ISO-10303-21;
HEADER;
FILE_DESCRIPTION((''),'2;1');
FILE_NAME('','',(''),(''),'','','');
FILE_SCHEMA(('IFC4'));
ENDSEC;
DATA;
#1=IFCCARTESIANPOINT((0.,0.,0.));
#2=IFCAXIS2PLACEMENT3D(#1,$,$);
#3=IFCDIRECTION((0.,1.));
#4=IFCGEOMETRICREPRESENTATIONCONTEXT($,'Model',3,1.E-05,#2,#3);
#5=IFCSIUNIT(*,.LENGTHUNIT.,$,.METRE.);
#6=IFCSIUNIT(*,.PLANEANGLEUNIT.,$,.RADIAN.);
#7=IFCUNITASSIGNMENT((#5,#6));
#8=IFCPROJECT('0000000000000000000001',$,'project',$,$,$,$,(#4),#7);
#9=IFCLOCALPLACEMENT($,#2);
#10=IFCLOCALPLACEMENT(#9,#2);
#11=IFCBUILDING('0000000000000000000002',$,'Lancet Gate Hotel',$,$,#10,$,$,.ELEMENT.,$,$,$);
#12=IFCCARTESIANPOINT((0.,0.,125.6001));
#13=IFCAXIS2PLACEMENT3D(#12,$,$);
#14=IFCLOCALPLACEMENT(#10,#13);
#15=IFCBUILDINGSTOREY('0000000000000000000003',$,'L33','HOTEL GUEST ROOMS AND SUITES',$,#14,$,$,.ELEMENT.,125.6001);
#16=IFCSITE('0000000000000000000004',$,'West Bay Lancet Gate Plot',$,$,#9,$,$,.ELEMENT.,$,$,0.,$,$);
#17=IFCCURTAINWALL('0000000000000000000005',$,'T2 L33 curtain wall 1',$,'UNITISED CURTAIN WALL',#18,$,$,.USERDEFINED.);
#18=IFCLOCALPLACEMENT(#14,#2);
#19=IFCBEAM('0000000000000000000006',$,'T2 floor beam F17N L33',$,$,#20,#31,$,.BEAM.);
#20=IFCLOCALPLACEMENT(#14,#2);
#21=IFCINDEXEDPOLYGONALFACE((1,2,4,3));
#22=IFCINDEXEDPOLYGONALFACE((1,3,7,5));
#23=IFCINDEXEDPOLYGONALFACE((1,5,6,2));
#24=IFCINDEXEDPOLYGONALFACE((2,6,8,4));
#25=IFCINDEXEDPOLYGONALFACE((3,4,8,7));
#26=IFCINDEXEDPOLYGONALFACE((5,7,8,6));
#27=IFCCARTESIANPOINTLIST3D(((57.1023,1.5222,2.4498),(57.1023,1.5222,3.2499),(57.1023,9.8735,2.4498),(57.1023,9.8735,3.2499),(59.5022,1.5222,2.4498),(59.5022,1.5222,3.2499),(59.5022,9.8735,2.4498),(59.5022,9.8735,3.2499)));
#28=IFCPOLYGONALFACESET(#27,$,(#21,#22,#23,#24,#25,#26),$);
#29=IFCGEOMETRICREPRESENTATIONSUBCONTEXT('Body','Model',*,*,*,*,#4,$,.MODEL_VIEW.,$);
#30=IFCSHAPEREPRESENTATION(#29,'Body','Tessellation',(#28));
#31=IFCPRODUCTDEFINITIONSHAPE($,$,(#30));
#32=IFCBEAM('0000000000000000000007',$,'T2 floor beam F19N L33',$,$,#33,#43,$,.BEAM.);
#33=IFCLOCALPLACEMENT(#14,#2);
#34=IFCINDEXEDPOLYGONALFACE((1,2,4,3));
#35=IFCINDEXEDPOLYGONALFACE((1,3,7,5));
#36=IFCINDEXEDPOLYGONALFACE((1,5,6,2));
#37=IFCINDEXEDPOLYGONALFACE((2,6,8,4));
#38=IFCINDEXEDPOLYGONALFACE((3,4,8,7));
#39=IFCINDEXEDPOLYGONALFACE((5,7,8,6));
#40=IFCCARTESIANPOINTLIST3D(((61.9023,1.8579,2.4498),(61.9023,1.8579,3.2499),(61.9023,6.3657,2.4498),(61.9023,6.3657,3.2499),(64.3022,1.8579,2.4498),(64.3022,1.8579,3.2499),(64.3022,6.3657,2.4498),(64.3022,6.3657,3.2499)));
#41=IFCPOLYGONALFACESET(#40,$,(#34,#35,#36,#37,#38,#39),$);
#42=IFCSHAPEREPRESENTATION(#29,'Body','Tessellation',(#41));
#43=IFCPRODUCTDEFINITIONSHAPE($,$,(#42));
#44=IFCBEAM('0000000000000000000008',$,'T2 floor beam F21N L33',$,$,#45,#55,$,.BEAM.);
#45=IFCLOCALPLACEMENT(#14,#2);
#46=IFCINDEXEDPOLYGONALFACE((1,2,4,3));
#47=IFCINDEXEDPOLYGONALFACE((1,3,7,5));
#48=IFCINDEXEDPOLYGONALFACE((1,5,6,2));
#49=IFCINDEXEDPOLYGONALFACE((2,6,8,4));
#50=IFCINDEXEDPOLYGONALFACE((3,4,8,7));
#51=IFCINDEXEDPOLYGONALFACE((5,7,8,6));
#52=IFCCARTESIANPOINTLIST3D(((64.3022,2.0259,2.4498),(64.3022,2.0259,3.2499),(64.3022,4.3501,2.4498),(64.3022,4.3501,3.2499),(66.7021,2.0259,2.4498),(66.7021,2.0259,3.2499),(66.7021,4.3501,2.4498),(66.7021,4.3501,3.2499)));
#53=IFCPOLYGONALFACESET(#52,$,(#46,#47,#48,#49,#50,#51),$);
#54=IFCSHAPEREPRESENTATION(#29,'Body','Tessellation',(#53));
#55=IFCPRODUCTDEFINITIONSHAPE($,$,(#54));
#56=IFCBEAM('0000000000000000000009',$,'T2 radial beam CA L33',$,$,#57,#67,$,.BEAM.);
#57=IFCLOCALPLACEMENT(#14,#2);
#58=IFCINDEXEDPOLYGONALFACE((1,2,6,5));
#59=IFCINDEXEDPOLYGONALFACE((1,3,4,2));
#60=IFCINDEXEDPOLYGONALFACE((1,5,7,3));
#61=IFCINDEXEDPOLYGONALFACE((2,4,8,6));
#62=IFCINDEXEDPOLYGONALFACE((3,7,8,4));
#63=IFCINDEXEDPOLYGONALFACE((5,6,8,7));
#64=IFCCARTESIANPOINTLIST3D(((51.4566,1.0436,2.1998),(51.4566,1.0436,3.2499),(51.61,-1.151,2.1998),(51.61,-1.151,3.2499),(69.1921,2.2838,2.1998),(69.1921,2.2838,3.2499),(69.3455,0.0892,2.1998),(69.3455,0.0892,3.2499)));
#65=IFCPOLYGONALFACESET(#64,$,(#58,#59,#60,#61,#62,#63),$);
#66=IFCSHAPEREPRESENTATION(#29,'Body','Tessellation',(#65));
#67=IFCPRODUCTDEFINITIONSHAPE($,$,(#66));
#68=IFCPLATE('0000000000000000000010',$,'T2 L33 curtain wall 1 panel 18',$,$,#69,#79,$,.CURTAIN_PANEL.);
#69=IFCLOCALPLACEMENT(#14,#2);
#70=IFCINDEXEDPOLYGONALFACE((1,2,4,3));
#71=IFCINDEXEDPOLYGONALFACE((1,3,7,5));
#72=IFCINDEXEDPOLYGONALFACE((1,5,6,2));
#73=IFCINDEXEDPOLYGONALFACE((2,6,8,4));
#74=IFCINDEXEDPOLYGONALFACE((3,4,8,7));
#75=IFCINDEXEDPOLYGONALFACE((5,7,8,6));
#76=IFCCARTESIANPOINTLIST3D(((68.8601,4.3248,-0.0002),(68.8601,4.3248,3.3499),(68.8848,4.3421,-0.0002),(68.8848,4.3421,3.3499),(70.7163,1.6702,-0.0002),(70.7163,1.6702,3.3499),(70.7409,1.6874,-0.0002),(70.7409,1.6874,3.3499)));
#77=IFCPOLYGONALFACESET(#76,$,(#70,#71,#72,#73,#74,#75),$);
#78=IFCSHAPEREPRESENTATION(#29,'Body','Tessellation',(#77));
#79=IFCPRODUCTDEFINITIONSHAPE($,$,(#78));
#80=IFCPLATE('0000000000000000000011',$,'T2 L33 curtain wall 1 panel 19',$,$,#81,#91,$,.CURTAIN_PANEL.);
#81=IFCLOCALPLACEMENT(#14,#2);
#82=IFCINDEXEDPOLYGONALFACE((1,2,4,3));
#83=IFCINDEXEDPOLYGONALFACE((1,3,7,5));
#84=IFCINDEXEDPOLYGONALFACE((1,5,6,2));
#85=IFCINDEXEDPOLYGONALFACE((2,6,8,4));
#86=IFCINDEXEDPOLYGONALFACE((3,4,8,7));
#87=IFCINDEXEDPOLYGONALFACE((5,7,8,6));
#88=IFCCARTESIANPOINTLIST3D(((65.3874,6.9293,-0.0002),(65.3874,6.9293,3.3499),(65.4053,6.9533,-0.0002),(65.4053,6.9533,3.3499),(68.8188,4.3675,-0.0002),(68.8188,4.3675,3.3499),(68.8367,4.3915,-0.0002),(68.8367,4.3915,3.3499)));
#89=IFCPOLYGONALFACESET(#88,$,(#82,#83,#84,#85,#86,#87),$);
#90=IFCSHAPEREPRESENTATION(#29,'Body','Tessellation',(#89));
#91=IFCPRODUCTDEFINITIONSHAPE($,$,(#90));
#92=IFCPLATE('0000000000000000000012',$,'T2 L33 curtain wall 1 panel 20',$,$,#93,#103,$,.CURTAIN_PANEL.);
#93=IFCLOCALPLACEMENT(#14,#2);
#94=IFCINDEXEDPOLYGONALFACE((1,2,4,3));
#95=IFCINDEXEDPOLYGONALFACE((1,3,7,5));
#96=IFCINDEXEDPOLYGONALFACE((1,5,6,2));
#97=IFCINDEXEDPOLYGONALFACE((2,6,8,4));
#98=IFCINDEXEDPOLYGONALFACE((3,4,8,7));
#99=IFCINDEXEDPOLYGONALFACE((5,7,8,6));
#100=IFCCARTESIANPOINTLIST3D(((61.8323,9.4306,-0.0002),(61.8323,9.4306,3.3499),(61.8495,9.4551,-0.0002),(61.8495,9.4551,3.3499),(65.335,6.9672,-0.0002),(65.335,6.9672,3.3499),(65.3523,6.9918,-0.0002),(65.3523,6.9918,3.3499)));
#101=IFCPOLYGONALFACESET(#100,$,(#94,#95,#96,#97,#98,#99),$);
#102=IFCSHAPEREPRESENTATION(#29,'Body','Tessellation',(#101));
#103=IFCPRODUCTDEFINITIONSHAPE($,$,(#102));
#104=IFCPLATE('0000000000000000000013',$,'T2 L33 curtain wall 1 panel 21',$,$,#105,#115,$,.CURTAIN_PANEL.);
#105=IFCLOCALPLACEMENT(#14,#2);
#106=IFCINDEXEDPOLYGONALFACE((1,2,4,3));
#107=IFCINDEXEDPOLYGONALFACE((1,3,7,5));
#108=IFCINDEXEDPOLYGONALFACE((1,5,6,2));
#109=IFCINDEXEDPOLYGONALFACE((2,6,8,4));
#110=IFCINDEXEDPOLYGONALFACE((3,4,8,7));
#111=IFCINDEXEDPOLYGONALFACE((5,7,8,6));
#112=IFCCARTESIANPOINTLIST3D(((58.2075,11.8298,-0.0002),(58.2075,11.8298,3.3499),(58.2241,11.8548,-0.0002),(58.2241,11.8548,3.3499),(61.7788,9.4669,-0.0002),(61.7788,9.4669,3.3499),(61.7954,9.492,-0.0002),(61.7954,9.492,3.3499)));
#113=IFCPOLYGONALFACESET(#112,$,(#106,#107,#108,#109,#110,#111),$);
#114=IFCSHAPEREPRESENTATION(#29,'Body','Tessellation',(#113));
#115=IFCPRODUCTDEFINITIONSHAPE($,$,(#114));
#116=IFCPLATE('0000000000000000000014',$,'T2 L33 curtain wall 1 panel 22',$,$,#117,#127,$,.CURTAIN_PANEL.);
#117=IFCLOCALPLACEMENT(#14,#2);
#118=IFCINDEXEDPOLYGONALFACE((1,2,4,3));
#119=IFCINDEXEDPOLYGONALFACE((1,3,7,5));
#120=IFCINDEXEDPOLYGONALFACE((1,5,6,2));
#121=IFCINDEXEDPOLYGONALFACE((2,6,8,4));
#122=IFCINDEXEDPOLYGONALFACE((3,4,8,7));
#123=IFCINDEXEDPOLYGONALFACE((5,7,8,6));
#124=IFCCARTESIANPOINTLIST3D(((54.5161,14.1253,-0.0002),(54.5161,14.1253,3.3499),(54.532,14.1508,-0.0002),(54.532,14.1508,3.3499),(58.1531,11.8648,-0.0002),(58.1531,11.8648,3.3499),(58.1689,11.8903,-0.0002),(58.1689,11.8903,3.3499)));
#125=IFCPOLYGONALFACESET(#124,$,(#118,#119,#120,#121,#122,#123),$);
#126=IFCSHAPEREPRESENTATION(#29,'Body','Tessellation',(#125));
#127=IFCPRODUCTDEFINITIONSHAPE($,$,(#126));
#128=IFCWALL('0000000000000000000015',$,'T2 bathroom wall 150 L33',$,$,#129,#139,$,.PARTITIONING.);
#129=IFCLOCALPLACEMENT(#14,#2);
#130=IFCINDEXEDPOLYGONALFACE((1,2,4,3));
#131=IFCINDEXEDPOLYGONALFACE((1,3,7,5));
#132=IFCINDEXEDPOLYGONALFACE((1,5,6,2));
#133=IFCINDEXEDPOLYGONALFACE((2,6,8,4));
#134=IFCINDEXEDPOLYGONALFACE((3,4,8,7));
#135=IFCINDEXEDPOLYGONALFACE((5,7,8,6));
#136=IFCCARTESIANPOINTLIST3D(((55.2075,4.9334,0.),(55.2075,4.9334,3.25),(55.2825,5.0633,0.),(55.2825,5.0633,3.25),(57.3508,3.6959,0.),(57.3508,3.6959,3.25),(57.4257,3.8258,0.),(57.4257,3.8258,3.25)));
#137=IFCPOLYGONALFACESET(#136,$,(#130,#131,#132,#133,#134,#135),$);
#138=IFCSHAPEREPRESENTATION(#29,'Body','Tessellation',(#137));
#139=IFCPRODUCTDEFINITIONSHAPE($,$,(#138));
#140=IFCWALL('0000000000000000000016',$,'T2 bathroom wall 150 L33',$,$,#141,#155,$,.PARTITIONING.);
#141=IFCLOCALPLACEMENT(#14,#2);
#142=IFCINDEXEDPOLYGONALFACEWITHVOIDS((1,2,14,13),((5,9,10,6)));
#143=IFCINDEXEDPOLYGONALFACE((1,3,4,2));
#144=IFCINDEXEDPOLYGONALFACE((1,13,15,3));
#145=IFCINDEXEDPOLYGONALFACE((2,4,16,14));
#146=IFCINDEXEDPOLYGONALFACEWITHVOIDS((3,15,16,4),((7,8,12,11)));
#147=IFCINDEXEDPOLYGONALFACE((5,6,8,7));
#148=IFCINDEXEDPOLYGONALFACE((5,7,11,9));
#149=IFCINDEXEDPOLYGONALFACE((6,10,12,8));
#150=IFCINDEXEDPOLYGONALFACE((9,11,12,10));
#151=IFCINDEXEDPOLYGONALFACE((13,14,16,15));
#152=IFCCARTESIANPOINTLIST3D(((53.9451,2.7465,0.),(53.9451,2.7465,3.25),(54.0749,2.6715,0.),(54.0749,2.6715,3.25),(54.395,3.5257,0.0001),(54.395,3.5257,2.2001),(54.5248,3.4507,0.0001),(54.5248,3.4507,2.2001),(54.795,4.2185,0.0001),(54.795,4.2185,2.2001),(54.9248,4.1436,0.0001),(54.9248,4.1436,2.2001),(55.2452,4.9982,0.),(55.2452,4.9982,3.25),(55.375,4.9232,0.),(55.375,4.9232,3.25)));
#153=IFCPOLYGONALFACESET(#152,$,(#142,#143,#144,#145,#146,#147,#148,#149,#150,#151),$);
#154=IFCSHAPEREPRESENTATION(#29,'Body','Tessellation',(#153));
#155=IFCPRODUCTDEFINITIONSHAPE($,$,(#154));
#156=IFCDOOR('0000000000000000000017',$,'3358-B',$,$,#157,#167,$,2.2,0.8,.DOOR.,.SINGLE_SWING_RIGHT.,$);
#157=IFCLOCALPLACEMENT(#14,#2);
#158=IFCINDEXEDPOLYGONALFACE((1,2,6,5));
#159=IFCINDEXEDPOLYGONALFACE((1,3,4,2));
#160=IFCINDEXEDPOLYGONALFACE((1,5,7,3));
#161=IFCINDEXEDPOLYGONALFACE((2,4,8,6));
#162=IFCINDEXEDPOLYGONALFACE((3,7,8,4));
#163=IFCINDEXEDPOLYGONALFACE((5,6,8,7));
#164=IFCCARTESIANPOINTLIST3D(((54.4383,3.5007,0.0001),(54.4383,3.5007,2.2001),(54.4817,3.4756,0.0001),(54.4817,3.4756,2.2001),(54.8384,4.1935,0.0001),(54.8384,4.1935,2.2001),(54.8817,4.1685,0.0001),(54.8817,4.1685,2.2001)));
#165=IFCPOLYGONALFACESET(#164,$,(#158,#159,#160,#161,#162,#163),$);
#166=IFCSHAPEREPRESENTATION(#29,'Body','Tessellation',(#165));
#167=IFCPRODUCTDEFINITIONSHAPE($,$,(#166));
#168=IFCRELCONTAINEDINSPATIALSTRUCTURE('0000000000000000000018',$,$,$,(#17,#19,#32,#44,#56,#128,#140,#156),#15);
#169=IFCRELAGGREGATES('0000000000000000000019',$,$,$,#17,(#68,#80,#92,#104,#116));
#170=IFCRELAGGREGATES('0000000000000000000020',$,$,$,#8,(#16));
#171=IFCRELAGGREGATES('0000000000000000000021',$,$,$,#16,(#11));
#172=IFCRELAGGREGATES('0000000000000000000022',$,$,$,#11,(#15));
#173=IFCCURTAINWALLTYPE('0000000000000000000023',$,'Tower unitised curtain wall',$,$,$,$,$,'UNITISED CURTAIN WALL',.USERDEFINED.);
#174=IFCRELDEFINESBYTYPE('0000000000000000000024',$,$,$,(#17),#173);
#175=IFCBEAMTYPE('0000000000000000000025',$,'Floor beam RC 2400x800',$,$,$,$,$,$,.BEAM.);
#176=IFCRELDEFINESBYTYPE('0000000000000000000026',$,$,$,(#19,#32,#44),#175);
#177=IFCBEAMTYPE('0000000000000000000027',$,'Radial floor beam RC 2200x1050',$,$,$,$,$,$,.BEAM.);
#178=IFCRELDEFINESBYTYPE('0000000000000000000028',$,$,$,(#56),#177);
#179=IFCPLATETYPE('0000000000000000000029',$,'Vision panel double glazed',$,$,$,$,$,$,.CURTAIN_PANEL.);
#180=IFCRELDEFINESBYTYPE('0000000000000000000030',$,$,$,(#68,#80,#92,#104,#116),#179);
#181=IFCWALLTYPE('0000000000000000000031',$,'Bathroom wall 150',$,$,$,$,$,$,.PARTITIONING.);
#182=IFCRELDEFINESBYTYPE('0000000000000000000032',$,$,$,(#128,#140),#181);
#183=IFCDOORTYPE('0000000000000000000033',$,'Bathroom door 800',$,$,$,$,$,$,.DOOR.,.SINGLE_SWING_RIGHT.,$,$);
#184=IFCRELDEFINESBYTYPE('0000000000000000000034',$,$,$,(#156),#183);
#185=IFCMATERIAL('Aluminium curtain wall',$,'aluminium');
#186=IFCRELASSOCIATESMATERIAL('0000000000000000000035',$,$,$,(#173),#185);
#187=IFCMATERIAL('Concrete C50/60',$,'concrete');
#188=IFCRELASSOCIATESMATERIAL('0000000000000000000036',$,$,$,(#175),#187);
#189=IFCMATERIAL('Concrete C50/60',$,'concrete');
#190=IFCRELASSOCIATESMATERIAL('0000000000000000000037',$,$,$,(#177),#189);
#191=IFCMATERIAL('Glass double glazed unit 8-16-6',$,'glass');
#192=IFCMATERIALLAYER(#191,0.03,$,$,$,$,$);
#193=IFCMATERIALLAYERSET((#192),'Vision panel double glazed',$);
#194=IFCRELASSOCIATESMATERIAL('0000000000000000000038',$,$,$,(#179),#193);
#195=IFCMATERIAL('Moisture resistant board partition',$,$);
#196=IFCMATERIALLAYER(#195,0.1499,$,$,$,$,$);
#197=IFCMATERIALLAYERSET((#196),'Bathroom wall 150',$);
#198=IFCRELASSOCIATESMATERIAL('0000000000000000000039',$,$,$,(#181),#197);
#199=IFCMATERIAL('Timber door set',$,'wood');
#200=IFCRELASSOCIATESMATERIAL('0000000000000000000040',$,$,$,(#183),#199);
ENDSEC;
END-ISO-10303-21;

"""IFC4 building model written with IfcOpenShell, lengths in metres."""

from ifc_helpers import new_model, si_unit, direction, frame, frame_2d, origin, origin_2d, place, context, subcontext, project, spatial, rectangle, extrude, material, layer, layer_set, material_profile, profile_set, type_object, element, fill, aggregate, save


model = new_model("IFC4")

# Units and contexts
model_context = context("Model", 3, precision=1e-05, world=origin(), true_north=direction((0.0, 1.0)))
body_context = subcontext(model_context, "Body", "Model", "MODEL_VIEW")
ifc_project = project(units=[si_unit("LENGTHUNIT", "METRE"), si_unit("PLANEANGLEUNIT", "RADIAN")], contexts=[model_context])

# Site, building, storey
site_placement = place(None, origin())
site = spatial("IfcSite", under=ifc_project, at=site_placement, Name="West Bay Lancet Gate Plot", CompositionType="ELEMENT", RefElevation=0.0)
building_placement = place(site_placement, origin())
building = spatial("IfcBuilding", under=site, at=building_placement, Name="Lancet Gate Hotel", CompositionType="ELEMENT")
storey_placement = place(building_placement, frame((0.0, 0.0, 125.6001)))
storey = spatial("IfcBuildingStorey", under=building, at=storey_placement, Name="L33", Description="HOTEL GUEST ROOMS AND SUITES", CompositionType="ELEMENT", Elevation=125.6001)

# Curtain wall
ifc_material_1 = material(Name="Aluminium curtain wall", Category="aluminium")
curtain_wall_type = type_object("IfcCurtainWallType", Name="Tower unitised curtain wall", ElementType="UNITISED CURTAIN WALL", PredefinedType="USERDEFINED", material=ifc_material_1)
curtain_wall_placement = place(storey_placement, origin())
curtain_wall = element("IfcCurtainWall", 1, at=curtain_wall_placement, inside=storey, type_object=curtain_wall_type, Name="T2 L33 curtain wall 1", ObjectType="UNITISED CURTAIN WALL", PredefinedType="USERDEFINED")

# Beams
ifc_material_2 = material(Name="Concrete C50/60", Category="concrete")
ifc_material_profile_1 = material_profile(ifc_material_2, rectangle(XDim=2.3999, YDim=0.8, at=origin_2d()), Name="RC 2400x800")
ifc_profile_set_1 = profile_set([ifc_material_profile_1], Name="Concrete C50/60")
beam_type_1 = type_object("IfcBeamType", Name="Floor beam RC 2400x800", PredefinedType="BEAM", material=ifc_profile_set_1)
beam_1_placement = place(storey_placement, frame((58.3022, 1.5222, 2.8499), z_axis=(0.0, 1.0, 0.0), x_axis=(-1.0, 0.0, 0.0)))
element("IfcBeam", 2, at=beam_1_placement, inside=storey, type_object=beam_type_1, Name="T2 floor beam F17N L33", PredefinedType="BEAM", context=body_context, shape_type="SweptSolid", body=[
    extrude(rectangle(XDim=2.3999, YDim=0.8, at=origin_2d()), origin(), (0.0, 0.0, 1.0), 8.3513),
])
beam_2_placement = place(storey_placement, frame((63.1023, 1.8579, 2.8499), z_axis=(0.0, 1.0, 0.0), x_axis=(-1.0, 0.0, 0.0)))
element("IfcBeam", 3, at=beam_2_placement, inside=storey, type_object=beam_type_1, Name="T2 floor beam F19N L33", PredefinedType="BEAM", context=body_context, shape_type="SweptSolid", body=[
    extrude(rectangle(XDim=2.3999, YDim=0.8, at=origin_2d()), origin(), (0.0, 0.0, 1.0), 4.5078),
])
beam_3_placement = place(storey_placement, frame((65.5022, 2.0259, 2.8499), z_axis=(0.0, 1.0, 0.0), x_axis=(-1.0, 0.0, 0.0)))
element("IfcBeam", 4, at=beam_3_placement, inside=storey, type_object=beam_type_1, Name="T2 floor beam F21N L33", PredefinedType="BEAM", context=body_context, shape_type="SweptSolid", body=[
    extrude(rectangle(XDim=2.3999, YDim=0.8, at=origin_2d()), origin(), (0.0, 0.0, 1.0), 2.3242),
])
ifc_material_3 = material(Name="Concrete C50/60", Category="concrete")
ifc_material_profile_2 = material_profile(ifc_material_3, rectangle(XDim=2.2, YDim=1.05, at=origin_2d()), Name="RC 2200x1050")
ifc_profile_set_2 = profile_set([ifc_material_profile_2], Name="Concrete C50/60")
beam_type_2 = type_object("IfcBeamType", Name="Radial floor beam RC 2200x1050", PredefinedType="BEAM", material=ifc_profile_set_2)
beam_4_placement = place(storey_placement, frame((69.2688, 1.1865, 2.7249), z_axis=(-0.997564, -0.069759, 0.0), x_axis=(0.069759, -0.997564, 0.0)))
element("IfcBeam", 5, at=beam_4_placement, inside=storey, type_object=beam_type_2, Name="T2 radial beam CA L33", PredefinedType="BEAM", context=body_context, shape_type="SweptSolid", body=[
    extrude(rectangle(XDim=2.2, YDim=1.05, at=origin_2d()), origin(), (0.0, 0.0, 1.0), 17.7788),
])

# Plates
ifc_material_4 = material(Name="Glass double glazed unit 8-16-6", Category="glass")
ifc_layer_1 = layer(ifc_material_4, 0.03)
ifc_layer_set_1 = layer_set([ifc_layer_1], Name="Vision panel double glazed")
plate_type = type_object("IfcPlateType", Name="Vision panel double glazed", PredefinedType="CURTAIN_PANEL", material=ifc_layer_set_1)
plate_1_placement = place(storey_placement, frame((69.8005, 3.0061, -0.0002), z_axis=(0.0, 0.0, 1.0), x_axis=(-0.573025, 0.819538, 0.0)))
plate_1 = element("IfcPlate", 6, at=plate_1_placement, type_object=plate_type, Name="T2 L33 curtain wall 1 panel 18", PredefinedType="CURTAIN_PANEL", context=body_context, shape_type="SweptSolid", body=[
    extrude(rectangle(XDim=3.2393, YDim=0.03, at=origin_2d()), origin(), (0.0, 0.0, 1.0), 3.3501),
])
plate_2_placement = place(storey_placement, frame((67.1121, 5.6604, -0.0002), z_axis=(0.0, 0.0, 1.0), x_axis=(-0.801314, 0.598244, 0.0)))
plate_2 = element("IfcPlate", 7, at=plate_2_placement, type_object=plate_type, Name="T2 L33 curtain wall 1 panel 19", PredefinedType="CURTAIN_PANEL", context=body_context, shape_type="SweptSolid", body=[
    extrude(rectangle(XDim=4.2822, YDim=0.03, at=origin_2d()), origin(), (0.0, 0.0, 1.0), 3.3501),
])
plate_3_placement = place(storey_placement, frame((63.5923, 8.2112, -0.0002), z_axis=(0.0, 0.0, 1.0), x_axis=(-0.817979, 0.575247, 0.0)))
plate_3 = element("IfcPlate", 8, at=plate_3_placement, type_object=plate_type, Name="T2 L33 curtain wall 1 panel 20", PredefinedType="CURTAIN_PANEL", context=body_context, shape_type="SweptSolid", body=[
    extrude(rectangle(XDim=4.2822, YDim=0.03, at=origin_2d()), origin(), (0.0, 0.0, 1.0), 3.3501),
])
plate_4_placement = place(storey_placement, frame((60.0015, 10.6609, -0.0002), z_axis=(0.0, 0.0, 1.0), x_axis=(-0.833985, 0.551787, 0.0)))
plate_4 = element("IfcPlate", 9, at=plate_4_placement, type_object=plate_type, Name="T2 L33 curtain wall 1 panel 21", PredefinedType="CURTAIN_PANEL", context=body_context, shape_type="SweptSolid", body=[
    extrude(rectangle(XDim=4.2822, YDim=0.03, at=origin_2d()), origin(), (0.0, 0.0, 1.0), 3.3501),
])
plate_5_placement = place(storey_placement, frame((56.3425, 13.0078, -0.0002), z_axis=(0.0, 0.0, 1.0), x_axis=(-0.849318, 0.527882, 0.0)))
plate_5 = element("IfcPlate", 10, at=plate_5_placement, type_object=plate_type, Name="T2 L33 curtain wall 1 panel 22", PredefinedType="CURTAIN_PANEL", context=body_context, shape_type="SweptSolid", body=[
    extrude(rectangle(XDim=4.2822, YDim=0.03, at=origin_2d()), origin(), (0.0, 0.0, 1.0), 3.3501),
])
aggregate(curtain_wall, [plate_1, plate_2, plate_3, plate_4, plate_5])

# Wall
ifc_material_5 = material(Name="Moisture resistant board partition")
ifc_layer_2 = layer(ifc_material_5, 0.1499)
ifc_layer_set_2 = layer_set([ifc_layer_2], Name="Bathroom wall 150")
wall_type = type_object("IfcWallType", Name="Bathroom wall 150", PredefinedType="PARTITIONING", material=ifc_layer_set_2)
wall_1_placement = place(storey_placement, frame((55.2451, 4.9983, 0.0), z_axis=(0.0, 0.0, 1.0), x_axis=(0.866007, -0.500033, 0.0)))
element("IfcWall", 11, at=wall_1_placement, inside=storey, type_object=wall_type, Name="T2 bathroom wall 150 L33", PredefinedType="PARTITIONING", context=body_context, shape_type="SweptSolid", body=[
    extrude(rectangle(XDim=2.4749, YDim=0.1499, at=frame_2d((1.2373, 0.0))), origin(), (0.0, 0.0, 1.0), 3.25),
])

# Wall, opening, door
wall_2_placement = place(storey_placement, frame((54.01, 2.709, 0.0), z_axis=(0.0, 0.0, 1.0), x_axis=(0.500007, 0.866021, 0.0)))
wall_2 = element("IfcWall", 12, at=wall_2_placement, inside=storey, type_object=wall_type, Name="T2 bathroom wall 150 L33", PredefinedType="PARTITIONING", context=body_context, shape_type="SweptSolid", body=[
    extrude(rectangle(XDim=2.6001, YDim=0.1499, at=frame_2d((1.3, 0.0))), origin(), (0.0, 0.0, 1.0), 3.25),
])
opening_placement = place(wall_2_placement, frame((0.8999, 0.0, 0.0)))
opening = element("IfcOpeningElement", 13, at=opening_placement, cuts=wall_2, PredefinedType="OPENING", context=body_context, shape_type="SweptSolid", body=[
    extrude(rectangle(XDim=0.8, YDim=2.2, at=frame_2d((0.3999, 1.1001))), frame((0.0, 0.085, 0.0), z_axis=(0.0, -1.0, 0.0), x_axis=(1.0, 0.0, 0.0)), (0.0, 0.0, 1.0), 0.1699),
])
ifc_material_6 = material(Name="Timber door set", Category="wood")
door_type = type_object("IfcDoorType", Name="Bathroom door 800", OperationType="SINGLE_SWING_RIGHT", PredefinedType="DOOR", material=ifc_material_6)
door_placement = place(opening_placement, origin())
door = element("IfcDoor", 14, at=door_placement, inside=storey, type_object=door_type, Name="3358-B", OperationType="SINGLE_SWING_RIGHT", OverallHeight=2.2, OverallWidth=0.8, PredefinedType="DOOR", context=body_context, shape_type="SweptSolid", body=[
    extrude(rectangle(XDim=0.8, YDim=2.2, at=frame_2d((0.3999, 1.1001))), frame((0.0, 0.0249, 0.0), z_axis=(0.0, -1.0, 0.0), x_axis=(1.0, 0.0, 0.0)), (0.0, 0.0, 1.0), 0.05),
])
fill(opening, door)

save(model, "model.ifc")
